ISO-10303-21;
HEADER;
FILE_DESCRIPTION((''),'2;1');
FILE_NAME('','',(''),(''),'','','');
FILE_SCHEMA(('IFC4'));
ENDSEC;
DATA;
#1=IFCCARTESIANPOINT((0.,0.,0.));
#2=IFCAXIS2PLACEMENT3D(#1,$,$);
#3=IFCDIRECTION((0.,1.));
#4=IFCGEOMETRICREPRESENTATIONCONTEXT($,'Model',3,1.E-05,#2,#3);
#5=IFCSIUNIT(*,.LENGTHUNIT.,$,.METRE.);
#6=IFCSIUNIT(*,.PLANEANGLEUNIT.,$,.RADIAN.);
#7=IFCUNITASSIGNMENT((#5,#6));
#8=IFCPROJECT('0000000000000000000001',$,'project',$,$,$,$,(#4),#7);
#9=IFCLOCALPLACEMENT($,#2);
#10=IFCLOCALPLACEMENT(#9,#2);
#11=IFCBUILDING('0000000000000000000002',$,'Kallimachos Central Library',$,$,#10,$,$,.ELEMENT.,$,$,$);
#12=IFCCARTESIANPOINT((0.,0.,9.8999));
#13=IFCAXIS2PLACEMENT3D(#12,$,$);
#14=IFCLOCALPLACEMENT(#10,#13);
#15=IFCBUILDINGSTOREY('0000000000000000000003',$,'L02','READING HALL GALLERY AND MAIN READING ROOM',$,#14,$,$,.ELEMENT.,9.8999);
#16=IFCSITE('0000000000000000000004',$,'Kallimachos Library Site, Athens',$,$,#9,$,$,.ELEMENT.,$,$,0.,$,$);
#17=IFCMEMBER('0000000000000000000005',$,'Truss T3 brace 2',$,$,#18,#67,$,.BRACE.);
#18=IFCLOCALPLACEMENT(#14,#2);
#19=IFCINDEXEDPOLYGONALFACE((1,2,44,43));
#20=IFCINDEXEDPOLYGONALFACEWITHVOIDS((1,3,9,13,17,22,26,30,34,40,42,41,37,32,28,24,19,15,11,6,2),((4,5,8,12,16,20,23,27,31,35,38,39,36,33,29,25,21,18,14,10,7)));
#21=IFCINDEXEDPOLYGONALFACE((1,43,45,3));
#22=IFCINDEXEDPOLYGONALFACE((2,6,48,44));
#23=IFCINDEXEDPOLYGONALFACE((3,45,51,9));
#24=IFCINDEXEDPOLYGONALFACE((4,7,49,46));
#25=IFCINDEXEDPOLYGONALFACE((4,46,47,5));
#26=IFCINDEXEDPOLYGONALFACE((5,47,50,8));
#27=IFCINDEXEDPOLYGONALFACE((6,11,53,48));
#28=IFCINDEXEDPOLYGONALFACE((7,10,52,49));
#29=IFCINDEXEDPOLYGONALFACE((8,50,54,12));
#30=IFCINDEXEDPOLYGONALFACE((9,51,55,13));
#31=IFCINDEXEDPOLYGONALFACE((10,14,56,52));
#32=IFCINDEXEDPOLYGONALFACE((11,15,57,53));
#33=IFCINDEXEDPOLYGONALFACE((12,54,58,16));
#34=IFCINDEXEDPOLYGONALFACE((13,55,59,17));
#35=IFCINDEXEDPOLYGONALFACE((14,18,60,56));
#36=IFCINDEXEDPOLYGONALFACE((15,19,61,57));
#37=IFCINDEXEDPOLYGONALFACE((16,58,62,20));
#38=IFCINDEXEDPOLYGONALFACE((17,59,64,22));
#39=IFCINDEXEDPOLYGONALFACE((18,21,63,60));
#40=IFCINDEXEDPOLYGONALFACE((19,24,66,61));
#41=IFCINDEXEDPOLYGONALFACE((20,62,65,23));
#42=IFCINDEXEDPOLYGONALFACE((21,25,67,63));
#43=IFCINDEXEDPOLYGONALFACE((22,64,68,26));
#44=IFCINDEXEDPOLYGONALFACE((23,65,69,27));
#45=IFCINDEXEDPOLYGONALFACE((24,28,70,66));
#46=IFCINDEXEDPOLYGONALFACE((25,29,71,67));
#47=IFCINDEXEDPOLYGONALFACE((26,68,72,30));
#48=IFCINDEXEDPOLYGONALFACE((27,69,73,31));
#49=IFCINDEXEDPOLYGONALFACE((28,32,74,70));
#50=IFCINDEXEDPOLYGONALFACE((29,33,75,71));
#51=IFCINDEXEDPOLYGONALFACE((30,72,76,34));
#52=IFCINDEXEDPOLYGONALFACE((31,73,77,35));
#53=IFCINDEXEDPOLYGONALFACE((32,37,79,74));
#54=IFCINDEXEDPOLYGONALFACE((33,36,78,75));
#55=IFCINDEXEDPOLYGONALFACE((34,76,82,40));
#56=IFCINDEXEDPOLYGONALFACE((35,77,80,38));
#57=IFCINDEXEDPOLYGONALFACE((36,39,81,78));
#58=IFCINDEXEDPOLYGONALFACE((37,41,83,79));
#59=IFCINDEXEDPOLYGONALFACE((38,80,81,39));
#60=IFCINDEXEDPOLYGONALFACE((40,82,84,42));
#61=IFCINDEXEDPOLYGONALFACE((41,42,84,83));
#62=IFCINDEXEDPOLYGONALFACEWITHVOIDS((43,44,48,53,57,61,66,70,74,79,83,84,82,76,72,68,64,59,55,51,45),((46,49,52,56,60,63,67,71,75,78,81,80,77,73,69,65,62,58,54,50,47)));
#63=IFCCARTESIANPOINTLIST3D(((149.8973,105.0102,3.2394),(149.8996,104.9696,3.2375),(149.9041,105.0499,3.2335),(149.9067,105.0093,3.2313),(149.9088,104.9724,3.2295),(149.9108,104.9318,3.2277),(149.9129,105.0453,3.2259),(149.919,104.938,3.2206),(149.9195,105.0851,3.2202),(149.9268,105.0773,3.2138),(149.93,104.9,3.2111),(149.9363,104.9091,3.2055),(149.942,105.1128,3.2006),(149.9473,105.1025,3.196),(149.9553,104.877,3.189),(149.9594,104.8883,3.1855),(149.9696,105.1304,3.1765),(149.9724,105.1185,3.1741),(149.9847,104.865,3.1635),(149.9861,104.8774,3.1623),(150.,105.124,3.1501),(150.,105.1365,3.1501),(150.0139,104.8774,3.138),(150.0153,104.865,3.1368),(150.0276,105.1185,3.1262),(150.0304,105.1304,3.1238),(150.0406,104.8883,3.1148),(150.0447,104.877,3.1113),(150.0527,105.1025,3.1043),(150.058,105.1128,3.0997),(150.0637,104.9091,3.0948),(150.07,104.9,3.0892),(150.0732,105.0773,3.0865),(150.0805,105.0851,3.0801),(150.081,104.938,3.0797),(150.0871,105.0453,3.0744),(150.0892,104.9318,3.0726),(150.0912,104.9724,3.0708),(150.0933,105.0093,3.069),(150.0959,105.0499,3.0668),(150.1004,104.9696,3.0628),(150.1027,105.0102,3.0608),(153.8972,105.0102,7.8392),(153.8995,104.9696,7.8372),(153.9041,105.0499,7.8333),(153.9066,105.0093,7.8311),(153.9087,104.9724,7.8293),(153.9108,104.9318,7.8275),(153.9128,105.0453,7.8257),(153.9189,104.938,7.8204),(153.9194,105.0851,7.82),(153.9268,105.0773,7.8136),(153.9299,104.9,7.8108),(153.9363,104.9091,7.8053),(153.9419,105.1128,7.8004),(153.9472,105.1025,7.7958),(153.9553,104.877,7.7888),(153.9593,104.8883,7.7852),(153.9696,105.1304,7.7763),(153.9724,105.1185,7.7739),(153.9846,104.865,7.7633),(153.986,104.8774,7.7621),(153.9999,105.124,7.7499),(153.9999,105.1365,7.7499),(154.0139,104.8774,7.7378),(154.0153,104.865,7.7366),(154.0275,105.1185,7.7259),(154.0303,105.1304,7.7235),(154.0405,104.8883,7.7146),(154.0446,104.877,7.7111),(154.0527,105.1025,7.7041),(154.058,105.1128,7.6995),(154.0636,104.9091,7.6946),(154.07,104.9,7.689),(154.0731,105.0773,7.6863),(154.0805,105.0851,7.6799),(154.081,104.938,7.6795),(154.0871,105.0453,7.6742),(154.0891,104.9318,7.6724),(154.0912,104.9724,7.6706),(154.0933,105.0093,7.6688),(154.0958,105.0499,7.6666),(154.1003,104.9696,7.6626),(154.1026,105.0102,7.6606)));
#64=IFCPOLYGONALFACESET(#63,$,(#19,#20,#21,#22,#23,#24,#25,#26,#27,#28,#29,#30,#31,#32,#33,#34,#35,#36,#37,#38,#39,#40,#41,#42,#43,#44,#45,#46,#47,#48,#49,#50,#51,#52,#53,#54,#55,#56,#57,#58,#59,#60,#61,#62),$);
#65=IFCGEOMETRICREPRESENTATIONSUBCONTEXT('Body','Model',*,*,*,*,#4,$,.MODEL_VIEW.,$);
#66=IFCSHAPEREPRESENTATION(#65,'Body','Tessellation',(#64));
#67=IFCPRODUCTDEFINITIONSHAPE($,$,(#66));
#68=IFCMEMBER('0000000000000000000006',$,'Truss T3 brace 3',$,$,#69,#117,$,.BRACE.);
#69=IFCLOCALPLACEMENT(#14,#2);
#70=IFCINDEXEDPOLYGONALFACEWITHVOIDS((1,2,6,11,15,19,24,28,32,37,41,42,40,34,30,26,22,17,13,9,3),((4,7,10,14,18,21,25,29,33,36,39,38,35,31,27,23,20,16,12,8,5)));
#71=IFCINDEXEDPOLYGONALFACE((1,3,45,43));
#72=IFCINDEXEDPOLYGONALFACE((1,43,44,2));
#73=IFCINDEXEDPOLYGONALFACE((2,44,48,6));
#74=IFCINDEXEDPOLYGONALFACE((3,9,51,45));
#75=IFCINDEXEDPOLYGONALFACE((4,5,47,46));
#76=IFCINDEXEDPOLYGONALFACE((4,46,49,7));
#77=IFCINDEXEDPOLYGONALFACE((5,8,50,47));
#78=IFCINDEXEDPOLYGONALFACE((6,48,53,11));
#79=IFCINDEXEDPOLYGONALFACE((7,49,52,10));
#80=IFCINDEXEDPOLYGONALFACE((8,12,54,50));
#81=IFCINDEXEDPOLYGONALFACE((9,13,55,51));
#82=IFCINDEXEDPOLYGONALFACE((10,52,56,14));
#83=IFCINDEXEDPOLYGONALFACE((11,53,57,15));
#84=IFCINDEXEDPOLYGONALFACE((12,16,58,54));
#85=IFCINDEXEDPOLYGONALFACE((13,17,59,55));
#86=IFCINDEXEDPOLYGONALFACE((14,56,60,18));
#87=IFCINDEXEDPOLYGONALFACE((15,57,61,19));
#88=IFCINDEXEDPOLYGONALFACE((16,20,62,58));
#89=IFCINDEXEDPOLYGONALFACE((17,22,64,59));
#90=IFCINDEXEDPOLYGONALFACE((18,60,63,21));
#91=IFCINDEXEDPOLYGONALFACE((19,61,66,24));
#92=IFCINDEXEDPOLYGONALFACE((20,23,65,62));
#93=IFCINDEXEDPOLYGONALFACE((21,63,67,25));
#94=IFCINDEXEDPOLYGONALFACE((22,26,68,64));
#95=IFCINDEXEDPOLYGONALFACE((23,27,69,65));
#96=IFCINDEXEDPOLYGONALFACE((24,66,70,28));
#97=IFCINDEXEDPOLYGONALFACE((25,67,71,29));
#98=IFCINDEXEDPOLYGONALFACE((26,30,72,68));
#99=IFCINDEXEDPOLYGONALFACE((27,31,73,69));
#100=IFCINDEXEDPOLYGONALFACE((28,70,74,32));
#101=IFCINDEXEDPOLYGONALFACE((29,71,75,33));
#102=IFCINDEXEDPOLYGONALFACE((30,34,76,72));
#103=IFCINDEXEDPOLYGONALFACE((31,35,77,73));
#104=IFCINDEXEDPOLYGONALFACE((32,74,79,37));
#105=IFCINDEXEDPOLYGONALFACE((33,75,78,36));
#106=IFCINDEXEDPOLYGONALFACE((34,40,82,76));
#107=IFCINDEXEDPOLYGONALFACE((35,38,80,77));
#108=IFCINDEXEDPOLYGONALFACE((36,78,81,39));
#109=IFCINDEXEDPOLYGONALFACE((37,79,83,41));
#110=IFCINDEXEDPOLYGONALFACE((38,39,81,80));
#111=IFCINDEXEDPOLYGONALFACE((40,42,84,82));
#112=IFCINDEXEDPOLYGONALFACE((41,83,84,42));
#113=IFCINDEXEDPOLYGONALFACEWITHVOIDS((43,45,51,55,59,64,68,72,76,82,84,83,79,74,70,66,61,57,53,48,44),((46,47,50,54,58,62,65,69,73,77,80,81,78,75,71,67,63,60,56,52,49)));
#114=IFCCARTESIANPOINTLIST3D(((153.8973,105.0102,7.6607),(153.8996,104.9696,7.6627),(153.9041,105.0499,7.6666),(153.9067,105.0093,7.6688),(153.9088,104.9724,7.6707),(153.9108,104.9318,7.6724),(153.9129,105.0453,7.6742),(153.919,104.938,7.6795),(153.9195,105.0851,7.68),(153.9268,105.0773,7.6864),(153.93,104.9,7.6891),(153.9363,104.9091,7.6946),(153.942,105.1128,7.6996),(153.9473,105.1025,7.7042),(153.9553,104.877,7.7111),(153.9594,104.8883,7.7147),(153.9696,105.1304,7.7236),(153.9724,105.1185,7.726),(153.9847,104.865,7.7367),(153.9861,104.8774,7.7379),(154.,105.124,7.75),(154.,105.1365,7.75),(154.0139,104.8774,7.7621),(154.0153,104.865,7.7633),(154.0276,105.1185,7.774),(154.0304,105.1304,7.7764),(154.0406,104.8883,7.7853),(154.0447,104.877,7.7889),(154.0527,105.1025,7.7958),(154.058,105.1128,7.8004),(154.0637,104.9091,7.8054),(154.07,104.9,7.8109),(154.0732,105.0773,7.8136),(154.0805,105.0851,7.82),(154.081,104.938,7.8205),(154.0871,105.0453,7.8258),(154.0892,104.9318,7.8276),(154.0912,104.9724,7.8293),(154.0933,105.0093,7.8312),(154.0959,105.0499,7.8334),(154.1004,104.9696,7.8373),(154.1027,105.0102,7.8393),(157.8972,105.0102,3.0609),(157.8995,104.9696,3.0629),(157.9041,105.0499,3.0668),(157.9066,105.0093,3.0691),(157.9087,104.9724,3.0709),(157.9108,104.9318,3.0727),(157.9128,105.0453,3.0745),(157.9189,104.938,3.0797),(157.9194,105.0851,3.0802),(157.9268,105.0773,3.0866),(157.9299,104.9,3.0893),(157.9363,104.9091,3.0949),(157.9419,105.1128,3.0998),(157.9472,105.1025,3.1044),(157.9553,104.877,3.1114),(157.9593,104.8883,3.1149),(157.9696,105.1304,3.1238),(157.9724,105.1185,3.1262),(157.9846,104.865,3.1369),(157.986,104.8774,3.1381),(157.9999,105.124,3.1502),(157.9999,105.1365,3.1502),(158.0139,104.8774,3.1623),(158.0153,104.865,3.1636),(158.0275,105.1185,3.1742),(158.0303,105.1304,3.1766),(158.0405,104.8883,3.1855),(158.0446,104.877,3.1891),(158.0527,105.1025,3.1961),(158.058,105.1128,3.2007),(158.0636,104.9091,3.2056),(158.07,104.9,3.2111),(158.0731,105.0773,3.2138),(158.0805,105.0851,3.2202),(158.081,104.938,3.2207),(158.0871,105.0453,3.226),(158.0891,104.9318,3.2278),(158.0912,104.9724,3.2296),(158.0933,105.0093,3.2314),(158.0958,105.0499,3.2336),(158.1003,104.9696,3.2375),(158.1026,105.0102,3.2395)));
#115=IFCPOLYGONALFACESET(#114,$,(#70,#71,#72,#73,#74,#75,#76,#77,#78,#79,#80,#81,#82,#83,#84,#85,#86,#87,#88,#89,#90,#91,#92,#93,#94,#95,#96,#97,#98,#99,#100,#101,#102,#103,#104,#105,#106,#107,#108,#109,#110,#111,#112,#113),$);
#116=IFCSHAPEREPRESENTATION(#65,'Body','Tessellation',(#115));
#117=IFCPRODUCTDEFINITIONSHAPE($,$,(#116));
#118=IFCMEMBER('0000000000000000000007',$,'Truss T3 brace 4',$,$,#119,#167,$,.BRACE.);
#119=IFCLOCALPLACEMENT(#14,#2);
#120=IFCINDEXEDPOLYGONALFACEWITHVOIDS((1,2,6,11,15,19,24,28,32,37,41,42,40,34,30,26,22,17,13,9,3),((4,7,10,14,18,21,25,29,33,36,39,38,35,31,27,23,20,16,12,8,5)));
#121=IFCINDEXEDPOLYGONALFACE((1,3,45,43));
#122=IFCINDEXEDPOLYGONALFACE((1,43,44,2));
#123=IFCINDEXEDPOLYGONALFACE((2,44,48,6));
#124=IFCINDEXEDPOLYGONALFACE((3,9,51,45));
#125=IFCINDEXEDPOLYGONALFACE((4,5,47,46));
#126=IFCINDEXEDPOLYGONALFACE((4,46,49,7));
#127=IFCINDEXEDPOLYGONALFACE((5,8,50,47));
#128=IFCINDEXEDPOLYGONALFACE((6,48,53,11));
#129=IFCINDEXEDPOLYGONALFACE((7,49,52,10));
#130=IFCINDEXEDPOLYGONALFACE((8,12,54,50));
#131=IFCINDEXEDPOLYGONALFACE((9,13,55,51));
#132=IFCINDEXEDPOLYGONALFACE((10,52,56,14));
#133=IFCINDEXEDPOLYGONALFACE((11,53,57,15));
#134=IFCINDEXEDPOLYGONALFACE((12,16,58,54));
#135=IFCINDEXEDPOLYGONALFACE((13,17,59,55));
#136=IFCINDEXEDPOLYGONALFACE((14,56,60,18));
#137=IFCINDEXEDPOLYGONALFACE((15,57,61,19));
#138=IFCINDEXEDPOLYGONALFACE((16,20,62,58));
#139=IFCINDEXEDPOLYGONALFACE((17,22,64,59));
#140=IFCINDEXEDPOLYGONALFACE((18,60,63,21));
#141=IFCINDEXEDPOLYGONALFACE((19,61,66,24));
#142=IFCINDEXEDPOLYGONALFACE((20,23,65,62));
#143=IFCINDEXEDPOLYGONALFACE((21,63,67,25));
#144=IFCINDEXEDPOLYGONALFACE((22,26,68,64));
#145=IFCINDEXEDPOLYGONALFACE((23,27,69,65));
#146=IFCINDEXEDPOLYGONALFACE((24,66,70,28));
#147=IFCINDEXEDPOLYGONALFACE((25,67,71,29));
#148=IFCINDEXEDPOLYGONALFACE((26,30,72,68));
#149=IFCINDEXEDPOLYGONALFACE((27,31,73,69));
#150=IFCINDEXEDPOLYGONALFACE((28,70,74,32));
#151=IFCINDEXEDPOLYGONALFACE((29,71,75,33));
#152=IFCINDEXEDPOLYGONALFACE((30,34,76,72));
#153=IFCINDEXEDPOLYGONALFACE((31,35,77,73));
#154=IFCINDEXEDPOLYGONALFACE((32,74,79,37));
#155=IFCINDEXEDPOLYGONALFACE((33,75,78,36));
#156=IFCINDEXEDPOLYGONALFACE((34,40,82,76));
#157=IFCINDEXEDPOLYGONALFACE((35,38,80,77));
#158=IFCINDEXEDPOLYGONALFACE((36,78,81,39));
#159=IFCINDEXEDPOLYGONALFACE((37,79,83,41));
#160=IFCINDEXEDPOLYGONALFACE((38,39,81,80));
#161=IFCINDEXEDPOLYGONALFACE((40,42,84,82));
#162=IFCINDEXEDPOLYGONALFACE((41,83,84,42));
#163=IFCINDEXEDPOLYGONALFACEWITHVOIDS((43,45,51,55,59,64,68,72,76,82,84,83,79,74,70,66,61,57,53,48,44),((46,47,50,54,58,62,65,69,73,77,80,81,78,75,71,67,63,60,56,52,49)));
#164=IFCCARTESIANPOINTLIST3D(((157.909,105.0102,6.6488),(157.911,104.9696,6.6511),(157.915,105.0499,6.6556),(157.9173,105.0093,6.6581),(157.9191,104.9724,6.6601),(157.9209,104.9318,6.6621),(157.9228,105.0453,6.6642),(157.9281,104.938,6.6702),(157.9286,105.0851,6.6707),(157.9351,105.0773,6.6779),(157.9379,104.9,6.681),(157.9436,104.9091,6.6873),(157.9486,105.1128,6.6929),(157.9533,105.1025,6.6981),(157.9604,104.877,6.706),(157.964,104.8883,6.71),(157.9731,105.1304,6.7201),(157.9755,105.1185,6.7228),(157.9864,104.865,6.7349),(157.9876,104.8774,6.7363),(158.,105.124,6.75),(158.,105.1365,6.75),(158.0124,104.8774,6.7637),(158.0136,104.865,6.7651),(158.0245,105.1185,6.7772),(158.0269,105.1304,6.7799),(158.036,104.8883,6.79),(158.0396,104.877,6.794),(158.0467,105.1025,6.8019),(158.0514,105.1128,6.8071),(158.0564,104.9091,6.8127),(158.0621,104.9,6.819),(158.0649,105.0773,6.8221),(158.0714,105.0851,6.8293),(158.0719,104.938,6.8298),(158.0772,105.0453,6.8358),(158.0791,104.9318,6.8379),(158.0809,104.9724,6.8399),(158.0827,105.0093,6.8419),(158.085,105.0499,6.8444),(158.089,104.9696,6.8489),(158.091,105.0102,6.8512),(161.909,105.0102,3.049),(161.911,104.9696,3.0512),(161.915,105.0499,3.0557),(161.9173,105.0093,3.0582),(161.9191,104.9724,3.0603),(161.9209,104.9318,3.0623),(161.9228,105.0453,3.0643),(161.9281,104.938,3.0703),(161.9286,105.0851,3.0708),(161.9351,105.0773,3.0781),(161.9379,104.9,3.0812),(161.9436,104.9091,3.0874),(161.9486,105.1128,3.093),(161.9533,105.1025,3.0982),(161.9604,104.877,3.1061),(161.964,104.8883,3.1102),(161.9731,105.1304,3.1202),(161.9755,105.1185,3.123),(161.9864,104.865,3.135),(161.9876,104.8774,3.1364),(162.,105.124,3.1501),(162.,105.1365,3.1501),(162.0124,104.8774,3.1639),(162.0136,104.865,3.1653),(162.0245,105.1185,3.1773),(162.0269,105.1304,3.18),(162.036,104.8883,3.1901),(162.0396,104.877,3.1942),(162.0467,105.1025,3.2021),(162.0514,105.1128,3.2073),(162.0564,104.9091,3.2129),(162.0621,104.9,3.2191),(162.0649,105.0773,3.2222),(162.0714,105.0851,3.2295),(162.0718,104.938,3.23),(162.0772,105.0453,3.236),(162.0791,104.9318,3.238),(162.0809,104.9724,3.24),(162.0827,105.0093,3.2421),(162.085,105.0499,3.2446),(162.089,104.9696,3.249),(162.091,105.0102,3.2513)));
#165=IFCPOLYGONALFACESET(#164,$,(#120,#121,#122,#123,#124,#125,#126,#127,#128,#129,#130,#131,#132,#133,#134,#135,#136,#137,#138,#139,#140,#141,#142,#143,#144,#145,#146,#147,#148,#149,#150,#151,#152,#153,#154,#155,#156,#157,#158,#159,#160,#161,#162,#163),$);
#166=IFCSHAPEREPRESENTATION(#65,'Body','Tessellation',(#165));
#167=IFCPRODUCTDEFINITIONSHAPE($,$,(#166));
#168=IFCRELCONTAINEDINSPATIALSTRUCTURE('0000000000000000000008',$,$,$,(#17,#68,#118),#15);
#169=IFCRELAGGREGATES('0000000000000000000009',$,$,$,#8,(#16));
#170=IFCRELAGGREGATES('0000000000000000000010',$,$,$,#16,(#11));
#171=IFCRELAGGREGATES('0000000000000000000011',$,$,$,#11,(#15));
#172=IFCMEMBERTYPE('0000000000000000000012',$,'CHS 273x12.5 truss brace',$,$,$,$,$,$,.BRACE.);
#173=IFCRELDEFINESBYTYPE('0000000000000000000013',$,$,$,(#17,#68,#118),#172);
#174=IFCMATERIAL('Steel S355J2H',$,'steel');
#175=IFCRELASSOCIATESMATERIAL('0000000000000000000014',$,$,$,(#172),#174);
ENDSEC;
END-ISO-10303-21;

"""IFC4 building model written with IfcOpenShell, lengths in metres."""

from ifc_helpers import new_model, si_unit, direction, frame, origin, origin_2d, place, context, subcontext, project, spatial, hollow_circle, extrude, material, material_profile, profile_set, type_object, element, save


model = new_model("IFC4")

# Units and contexts
model_context = context("Model", 3, precision=1e-05, world=origin(), true_north=direction((0.0, 1.0)))
body_context = subcontext(model_context, "Body", "Model", "MODEL_VIEW")
ifc_project = project(units=[si_unit("LENGTHUNIT", "METRE"), si_unit("PLANEANGLEUNIT", "RADIAN")], contexts=[model_context])

# Site, building, storey
site_placement = place(None, origin())
site = spatial("IfcSite", under=ifc_project, at=site_placement, Name="Kallimachos Library Site, Athens", CompositionType="ELEMENT", RefElevation=0.0)
building_placement = place(site_placement, origin())
building = spatial("IfcBuilding", under=site, at=building_placement, Name="Kallimachos Central Library", CompositionType="ELEMENT")
storey_placement = place(building_placement, frame((0.0, 0.0, 9.8999)))
storey = spatial("IfcBuildingStorey", under=building, at=storey_placement, Name="L02", Description="READING HALL GALLERY AND MAIN READING ROOM", CompositionType="ELEMENT", Elevation=9.8999)

# Members
ifc_material_1 = material(Name="Steel S355J2H", Category="steel")
ifc_material_profile_1 = material_profile(ifc_material_1, hollow_circle(Radius=0.1365, WallThickness=0.0125, at=origin_2d()), Name="CHS 273x12.5")
ifc_profile_set_1 = profile_set([ifc_material_profile_1], Name="Steel S355J2H")
member_type_1 = type_object("IfcMemberType", Name="CHS 273x12.5 truss brace", PredefinedType="BRACE", material=ifc_profile_set_1)
for number, where, z_axis, x_axis, name in (
    (1, (150.0, 105.0, 3.1501), (0.656191, 0.0, 0.754595), (0.0, 1.0, 0.0), "Truss T3 brace 2"),
    (2, (154.0, 105.0, 7.75), (0.656191, 0.0, -0.754595), (0.0, 1.0, 0.0), "Truss T3 brace 3"),
):
    element("IfcMember", number, at=place(storey_placement, frame(where, z_axis=z_axis, x_axis=x_axis)), inside=storey, type_object=member_type_1, Name=name, PredefinedType="BRACE", context=body_context, shape_type="SweptSolid", body=[
        extrude(hollow_circle(Radius=0.1365, WallThickness=0.0125, at=origin_2d()), origin(), (0.0, 0.0, 1.0), 6.0957),
    ])
member_1_placement = place(storey_placement, frame((158.0, 105.0, 6.75), z_axis=(0.743308, 0.0, -0.66895), x_axis=(0.0, 1.0, 0.0)))
element("IfcMember", 3, at=member_1_placement, inside=storey, type_object=member_type_1, Name="Truss T3 brace 4", PredefinedType="BRACE", context=body_context, shape_type="SweptSolid", body=[
    extrude(hollow_circle(Radius=0.1365, WallThickness=0.0125, at=origin_2d()), origin(), (0.0, 0.0, 1.0), 5.3813),
])

save(model, "model.ifc")
